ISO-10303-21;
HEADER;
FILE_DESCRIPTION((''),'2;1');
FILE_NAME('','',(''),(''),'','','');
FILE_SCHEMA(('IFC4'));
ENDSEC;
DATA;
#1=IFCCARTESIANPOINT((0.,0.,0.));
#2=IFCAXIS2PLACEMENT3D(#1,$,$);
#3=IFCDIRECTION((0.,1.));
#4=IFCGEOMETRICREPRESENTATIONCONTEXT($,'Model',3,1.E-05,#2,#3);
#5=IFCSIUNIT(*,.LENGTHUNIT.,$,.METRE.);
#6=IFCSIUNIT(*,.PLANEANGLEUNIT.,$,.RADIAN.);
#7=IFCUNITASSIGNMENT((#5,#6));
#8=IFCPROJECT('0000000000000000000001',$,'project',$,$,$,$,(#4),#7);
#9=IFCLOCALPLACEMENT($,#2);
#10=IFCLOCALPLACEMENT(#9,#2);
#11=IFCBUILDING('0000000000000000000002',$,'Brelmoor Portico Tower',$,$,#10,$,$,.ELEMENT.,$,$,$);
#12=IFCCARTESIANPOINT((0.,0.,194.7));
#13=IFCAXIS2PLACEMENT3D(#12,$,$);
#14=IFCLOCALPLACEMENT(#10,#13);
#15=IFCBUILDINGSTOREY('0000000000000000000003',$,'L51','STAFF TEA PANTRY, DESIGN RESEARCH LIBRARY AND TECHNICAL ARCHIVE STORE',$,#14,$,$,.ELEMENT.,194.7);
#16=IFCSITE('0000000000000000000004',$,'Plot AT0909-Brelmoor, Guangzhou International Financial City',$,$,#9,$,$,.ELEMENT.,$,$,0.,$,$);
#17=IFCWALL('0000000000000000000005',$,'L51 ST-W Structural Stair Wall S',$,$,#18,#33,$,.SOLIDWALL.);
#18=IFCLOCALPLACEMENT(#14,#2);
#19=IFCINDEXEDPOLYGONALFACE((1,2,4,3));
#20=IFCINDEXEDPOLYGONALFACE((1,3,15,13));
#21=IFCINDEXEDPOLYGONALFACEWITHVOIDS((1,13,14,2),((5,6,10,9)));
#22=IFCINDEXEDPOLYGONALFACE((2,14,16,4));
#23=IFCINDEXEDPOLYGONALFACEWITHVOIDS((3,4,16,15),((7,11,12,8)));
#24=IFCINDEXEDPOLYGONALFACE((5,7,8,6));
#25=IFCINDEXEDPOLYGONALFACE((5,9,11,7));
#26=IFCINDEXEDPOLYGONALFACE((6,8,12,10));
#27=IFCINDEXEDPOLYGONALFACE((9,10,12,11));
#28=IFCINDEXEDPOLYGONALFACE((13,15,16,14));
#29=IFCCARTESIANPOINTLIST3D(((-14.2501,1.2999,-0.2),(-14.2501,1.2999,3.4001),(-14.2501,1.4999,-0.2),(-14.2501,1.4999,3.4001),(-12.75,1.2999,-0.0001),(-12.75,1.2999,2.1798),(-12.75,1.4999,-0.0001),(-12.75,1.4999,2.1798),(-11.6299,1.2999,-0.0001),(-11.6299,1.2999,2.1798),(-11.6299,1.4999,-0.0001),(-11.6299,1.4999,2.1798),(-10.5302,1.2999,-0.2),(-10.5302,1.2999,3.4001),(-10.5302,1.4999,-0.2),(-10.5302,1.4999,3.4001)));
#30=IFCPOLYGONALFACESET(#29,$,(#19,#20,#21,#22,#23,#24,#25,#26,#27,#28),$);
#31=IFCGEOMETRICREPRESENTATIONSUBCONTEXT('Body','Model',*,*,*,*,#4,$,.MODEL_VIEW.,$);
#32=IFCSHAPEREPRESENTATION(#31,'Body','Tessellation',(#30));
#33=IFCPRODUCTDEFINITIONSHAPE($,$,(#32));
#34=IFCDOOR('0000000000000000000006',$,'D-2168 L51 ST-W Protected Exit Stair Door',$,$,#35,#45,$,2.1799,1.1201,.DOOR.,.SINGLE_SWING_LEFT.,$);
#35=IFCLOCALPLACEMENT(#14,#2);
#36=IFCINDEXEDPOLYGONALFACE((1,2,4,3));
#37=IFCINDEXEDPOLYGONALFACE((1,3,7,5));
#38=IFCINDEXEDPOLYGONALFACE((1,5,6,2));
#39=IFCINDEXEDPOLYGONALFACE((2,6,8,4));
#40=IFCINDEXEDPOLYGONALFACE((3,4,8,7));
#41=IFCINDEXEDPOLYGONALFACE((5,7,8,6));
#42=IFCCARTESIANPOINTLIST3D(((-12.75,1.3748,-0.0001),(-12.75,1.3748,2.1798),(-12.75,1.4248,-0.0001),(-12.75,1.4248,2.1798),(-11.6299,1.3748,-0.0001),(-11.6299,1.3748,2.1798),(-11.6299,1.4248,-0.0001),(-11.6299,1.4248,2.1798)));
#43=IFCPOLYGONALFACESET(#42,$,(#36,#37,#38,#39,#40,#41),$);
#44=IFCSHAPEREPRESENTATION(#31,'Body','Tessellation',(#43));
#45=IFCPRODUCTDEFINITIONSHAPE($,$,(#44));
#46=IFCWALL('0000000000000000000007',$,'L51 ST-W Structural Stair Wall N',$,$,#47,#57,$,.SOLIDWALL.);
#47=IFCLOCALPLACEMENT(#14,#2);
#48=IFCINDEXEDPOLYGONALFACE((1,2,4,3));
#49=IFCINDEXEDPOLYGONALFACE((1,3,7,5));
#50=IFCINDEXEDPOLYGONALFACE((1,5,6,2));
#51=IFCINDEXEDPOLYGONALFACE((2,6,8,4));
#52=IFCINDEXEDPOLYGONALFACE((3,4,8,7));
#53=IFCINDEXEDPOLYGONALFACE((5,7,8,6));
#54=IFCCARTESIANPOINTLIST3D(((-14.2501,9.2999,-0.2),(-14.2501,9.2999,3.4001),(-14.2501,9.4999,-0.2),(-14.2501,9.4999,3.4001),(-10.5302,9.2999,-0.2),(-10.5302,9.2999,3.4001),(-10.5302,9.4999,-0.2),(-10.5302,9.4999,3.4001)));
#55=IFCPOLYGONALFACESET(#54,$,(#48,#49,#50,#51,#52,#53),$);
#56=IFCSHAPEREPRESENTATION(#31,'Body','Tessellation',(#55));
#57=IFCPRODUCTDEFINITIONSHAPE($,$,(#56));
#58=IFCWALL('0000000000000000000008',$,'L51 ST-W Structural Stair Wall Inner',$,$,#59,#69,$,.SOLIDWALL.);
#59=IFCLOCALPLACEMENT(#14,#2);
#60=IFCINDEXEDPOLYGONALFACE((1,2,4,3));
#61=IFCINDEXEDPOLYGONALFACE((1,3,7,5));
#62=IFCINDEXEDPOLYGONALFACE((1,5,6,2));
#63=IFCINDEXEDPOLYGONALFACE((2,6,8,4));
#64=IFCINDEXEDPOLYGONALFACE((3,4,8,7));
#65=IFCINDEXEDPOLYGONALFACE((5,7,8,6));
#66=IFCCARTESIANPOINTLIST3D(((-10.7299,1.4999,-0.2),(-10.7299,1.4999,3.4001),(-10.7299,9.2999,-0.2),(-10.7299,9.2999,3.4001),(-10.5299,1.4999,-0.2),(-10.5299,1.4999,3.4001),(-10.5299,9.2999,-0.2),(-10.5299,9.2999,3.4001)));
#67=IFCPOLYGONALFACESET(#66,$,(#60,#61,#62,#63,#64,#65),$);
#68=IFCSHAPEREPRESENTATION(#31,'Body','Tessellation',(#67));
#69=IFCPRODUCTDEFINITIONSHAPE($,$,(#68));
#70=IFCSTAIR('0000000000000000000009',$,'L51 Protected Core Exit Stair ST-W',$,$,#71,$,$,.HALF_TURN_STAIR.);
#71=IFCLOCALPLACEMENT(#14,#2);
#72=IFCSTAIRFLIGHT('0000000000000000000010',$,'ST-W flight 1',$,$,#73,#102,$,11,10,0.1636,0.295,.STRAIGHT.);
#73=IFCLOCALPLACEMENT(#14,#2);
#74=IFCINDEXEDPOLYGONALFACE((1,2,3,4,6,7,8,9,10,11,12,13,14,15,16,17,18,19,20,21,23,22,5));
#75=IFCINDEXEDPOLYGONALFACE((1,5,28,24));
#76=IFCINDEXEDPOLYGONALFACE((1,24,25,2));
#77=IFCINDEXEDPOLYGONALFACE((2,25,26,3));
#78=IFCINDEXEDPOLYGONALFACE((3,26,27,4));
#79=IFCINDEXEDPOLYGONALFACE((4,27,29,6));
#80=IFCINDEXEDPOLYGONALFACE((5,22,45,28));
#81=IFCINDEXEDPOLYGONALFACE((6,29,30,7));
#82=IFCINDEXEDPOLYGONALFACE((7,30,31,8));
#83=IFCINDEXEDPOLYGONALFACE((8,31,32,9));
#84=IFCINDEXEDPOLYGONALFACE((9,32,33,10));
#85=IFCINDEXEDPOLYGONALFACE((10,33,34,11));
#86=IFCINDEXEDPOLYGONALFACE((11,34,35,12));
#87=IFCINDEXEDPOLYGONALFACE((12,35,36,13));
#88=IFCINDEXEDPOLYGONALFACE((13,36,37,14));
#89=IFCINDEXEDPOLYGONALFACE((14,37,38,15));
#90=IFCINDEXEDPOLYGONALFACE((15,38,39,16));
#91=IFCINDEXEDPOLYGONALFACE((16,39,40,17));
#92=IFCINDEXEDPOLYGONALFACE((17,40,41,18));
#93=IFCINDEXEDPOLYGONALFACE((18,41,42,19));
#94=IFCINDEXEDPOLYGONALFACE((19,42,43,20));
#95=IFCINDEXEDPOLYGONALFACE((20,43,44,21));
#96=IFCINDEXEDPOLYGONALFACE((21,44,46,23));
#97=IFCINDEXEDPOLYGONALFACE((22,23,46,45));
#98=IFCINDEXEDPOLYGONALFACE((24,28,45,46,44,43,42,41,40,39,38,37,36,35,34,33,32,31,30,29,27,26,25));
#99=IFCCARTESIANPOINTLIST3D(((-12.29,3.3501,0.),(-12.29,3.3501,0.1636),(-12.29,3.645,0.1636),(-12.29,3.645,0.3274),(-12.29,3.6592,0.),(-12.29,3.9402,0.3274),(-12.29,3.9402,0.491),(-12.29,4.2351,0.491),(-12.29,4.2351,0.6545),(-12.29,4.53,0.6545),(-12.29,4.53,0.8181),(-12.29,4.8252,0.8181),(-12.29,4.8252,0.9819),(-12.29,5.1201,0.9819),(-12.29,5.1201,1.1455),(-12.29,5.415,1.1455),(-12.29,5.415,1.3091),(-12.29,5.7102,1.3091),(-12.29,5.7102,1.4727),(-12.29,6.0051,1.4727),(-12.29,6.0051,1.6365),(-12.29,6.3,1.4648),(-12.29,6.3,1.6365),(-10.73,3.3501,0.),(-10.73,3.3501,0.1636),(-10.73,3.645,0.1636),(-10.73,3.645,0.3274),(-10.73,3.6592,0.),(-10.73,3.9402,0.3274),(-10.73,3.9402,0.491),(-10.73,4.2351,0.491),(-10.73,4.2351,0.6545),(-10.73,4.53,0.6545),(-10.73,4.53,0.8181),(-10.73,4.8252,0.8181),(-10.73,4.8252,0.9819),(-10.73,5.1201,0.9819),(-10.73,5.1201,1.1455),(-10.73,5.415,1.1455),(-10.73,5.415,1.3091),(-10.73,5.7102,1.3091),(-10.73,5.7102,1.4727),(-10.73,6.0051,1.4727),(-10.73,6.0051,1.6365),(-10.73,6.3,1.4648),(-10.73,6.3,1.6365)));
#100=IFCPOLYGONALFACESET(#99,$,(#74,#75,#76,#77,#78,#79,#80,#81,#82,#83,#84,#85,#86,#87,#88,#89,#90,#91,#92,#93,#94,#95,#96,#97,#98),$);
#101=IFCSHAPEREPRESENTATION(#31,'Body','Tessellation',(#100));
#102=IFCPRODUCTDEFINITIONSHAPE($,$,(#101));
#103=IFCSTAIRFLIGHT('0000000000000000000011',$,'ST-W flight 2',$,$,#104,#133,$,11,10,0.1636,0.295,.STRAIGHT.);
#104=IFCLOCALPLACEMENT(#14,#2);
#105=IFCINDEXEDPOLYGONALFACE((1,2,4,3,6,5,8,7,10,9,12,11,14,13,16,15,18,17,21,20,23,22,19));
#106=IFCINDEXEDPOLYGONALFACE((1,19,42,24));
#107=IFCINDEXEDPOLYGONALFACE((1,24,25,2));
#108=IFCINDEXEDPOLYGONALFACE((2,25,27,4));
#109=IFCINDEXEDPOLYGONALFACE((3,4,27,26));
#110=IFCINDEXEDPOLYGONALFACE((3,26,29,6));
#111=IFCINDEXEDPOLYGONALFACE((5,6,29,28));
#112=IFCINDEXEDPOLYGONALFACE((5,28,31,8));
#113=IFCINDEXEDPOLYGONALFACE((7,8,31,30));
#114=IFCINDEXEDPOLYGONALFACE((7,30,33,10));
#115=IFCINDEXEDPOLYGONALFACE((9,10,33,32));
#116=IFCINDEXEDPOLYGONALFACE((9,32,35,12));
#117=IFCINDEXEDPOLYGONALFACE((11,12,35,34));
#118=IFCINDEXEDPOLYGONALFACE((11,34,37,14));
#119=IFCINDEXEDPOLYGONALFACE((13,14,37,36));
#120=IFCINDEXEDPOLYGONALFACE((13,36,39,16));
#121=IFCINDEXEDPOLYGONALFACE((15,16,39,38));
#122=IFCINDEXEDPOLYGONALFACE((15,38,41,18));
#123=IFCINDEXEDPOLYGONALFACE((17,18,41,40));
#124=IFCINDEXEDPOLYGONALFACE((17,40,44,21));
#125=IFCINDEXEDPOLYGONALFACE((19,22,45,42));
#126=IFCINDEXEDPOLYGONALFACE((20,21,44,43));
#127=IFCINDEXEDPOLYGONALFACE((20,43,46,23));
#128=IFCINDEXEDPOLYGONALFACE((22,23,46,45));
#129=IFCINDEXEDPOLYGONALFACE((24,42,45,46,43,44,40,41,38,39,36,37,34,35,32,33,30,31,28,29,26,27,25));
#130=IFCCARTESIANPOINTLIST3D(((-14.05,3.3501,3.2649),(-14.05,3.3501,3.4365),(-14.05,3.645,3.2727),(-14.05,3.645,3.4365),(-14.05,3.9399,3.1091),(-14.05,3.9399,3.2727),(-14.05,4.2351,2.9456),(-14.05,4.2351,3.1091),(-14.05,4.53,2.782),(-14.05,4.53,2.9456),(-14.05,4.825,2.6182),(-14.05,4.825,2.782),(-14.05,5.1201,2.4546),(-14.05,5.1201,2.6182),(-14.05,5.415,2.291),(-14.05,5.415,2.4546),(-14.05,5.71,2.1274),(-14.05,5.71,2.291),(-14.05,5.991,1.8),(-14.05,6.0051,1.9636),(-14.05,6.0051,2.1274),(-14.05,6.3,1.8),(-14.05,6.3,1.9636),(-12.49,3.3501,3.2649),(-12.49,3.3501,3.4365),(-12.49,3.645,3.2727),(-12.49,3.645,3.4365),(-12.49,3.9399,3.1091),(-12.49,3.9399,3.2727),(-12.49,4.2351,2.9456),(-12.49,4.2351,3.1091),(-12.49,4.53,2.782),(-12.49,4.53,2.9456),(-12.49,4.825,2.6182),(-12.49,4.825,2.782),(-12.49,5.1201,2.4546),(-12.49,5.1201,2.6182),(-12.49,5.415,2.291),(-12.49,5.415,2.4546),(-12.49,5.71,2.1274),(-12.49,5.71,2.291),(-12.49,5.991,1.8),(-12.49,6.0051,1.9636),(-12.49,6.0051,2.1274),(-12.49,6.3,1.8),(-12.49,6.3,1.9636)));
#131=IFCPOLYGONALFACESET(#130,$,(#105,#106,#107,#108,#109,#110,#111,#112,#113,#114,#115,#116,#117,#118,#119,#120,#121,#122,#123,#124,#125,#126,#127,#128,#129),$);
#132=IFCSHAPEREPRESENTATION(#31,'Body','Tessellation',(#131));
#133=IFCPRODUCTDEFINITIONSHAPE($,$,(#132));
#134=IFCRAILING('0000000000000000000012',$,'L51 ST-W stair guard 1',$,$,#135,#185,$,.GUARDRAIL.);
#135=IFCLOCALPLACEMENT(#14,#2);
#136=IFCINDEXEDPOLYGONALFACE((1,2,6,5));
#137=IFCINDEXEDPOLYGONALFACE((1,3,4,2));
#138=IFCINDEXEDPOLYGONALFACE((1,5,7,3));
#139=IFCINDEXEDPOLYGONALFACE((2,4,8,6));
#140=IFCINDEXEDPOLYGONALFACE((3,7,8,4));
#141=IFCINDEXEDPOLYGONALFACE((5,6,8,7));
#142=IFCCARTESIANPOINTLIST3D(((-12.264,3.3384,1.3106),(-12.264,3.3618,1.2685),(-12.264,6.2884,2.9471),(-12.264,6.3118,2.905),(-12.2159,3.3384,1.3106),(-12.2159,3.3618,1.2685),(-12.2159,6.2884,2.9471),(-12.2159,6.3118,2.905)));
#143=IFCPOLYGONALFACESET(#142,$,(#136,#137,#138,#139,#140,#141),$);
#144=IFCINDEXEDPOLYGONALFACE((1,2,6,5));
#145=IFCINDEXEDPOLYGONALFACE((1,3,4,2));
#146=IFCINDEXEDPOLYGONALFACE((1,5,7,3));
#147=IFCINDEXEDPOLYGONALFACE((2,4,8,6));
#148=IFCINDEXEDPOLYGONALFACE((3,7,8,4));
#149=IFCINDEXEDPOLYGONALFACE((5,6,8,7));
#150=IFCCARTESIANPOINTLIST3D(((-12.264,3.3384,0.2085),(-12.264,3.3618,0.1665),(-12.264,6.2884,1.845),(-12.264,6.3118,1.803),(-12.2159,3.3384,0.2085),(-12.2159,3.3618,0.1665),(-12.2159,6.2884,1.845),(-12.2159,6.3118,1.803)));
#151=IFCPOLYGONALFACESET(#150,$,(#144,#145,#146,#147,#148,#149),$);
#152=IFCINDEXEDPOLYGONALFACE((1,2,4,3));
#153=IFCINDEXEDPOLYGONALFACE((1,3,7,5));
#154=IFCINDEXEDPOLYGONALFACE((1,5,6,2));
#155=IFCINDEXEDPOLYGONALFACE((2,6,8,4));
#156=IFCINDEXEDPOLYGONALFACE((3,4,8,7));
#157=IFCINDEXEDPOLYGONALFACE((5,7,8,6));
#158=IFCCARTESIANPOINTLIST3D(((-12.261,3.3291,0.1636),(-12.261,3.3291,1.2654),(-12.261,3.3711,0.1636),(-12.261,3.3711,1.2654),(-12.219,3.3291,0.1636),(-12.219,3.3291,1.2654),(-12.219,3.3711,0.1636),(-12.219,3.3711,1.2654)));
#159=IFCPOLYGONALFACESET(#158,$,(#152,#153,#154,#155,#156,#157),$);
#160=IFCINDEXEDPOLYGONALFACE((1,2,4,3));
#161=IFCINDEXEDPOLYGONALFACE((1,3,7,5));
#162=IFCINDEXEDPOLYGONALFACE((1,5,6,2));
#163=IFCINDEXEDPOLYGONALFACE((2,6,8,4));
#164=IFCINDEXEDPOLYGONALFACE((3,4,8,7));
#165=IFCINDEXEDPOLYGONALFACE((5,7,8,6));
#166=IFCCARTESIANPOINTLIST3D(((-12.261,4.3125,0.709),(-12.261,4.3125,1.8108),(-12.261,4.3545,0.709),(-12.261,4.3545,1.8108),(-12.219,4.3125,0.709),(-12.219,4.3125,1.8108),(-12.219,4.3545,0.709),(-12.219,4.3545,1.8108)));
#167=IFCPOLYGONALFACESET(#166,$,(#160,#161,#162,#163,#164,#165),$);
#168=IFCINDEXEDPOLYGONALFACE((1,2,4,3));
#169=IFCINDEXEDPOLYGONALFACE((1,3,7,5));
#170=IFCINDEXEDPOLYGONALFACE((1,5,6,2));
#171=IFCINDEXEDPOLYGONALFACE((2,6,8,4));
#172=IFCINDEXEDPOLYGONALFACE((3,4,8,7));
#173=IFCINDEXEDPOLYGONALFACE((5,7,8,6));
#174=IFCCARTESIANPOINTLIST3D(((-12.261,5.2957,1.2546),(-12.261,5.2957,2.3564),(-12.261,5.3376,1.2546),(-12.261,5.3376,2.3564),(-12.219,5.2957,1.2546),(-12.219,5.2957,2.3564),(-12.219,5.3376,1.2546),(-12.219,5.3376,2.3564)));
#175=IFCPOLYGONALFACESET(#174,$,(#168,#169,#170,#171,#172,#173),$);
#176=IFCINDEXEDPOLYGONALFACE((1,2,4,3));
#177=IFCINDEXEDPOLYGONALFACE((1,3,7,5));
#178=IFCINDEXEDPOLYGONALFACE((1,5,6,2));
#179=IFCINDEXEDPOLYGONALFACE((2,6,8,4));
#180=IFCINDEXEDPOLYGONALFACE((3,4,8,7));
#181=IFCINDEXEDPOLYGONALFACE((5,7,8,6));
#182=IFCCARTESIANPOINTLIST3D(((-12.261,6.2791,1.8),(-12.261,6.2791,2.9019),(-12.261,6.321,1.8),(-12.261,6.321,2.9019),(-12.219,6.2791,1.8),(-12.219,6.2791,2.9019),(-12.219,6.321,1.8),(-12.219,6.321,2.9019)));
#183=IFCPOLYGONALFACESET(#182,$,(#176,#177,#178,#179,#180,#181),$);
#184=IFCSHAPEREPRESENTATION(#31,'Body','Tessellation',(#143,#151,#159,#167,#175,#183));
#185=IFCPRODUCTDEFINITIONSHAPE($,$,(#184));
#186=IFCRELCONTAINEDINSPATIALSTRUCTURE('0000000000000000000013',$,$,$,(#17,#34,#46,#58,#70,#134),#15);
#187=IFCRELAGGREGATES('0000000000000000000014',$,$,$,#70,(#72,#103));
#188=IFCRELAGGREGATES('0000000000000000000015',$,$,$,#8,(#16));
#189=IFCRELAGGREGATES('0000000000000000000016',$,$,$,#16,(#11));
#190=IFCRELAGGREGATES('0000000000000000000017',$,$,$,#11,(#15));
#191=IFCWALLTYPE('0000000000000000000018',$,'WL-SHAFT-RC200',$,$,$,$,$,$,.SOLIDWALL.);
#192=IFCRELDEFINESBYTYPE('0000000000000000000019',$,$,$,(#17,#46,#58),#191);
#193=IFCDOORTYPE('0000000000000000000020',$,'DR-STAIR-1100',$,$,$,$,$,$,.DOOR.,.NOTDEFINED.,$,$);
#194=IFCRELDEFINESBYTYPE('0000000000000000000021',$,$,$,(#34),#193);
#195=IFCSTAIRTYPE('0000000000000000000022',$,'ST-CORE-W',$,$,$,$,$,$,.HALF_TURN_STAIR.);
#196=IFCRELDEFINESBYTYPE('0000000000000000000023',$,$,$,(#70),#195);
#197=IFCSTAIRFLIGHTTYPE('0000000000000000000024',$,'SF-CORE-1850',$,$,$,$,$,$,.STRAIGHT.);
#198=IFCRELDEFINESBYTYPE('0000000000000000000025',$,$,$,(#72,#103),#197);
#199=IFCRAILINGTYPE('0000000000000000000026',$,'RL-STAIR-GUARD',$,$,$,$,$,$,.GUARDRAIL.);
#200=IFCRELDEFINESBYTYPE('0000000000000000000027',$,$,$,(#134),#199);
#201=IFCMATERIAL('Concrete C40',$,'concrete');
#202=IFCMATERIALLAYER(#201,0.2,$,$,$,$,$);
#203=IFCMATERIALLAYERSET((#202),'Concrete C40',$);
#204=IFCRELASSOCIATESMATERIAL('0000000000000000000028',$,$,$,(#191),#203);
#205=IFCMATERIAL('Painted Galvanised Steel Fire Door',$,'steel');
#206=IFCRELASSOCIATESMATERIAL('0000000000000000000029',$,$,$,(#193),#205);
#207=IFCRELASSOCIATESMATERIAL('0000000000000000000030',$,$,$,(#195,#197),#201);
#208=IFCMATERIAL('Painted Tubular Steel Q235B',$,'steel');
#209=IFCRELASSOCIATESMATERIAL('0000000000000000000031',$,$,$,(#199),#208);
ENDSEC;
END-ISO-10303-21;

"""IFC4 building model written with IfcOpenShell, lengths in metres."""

from ifc_helpers import new_model, si_unit, direction, frame, frame_2d, origin, origin_2d, place, context, subcontext, project, spatial, polyline, rectangle, outline, extrude, material, layer, layer_set, type_object, element, fill, aggregate, save


model = new_model("IFC4")

# Units and contexts
model_context = context("Model", 3, precision=1e-05, world=origin(), true_north=direction((0.0, 1.0)))
body_context = subcontext(model_context, "Body", "Model", "MODEL_VIEW")
ifc_project = project(units=[si_unit("LENGTHUNIT", "METRE"), si_unit("PLANEANGLEUNIT", "RADIAN")], contexts=[model_context])

# Site, building, storey
site_placement = place(None, origin())
site = spatial("IfcSite", under=ifc_project, at=site_placement, Name="Plot AT0909-Brelmoor, Guangzhou International Financial City", CompositionType="ELEMENT", RefElevation=0.0)
building_placement = place(site_placement, origin())
building = spatial("IfcBuilding", under=site, at=building_placement, Name="Brelmoor Portico Tower", CompositionType="ELEMENT")
storey_placement = place(building_placement, frame((0.0, 0.0, 194.7)))
storey = spatial("IfcBuildingStorey", under=building, at=storey_placement, Name="L51", Description="STAFF TEA PANTRY, DESIGN RESEARCH LIBRARY AND TECHNICAL ARCHIVE STORE", CompositionType="ELEMENT", Elevation=194.7)

# Shared definitions
ifc_material_1 = material(Name="Concrete C40", Category="concrete")
ifc_layer_1 = layer(ifc_material_1, 0.2)
ifc_layer_set_1 = layer_set([ifc_layer_1], Name="Concrete C40")
wall_type_1 = type_object("IfcWallType", Name="WL-SHAFT-RC200", PredefinedType="SOLIDWALL", material=ifc_layer_set_1)

# Wall, opening, door
wall_1_placement = place(storey_placement, frame((-14.25, 1.3999, -0.2), z_axis=(0.0, 0.0, 1.0), x_axis=(1.0, 0.0, 0.0)))
wall_1 = element("IfcWall", 1, at=wall_1_placement, inside=storey, type_object=wall_type_1, Name="L51 ST-W Structural Stair Wall S", PredefinedType="SOLIDWALL", context=body_context, shape_type="SweptSolid", body=[
    extrude(rectangle(XDim=3.72, YDim=0.2, at=frame_2d((1.8599, 0.0))), origin(), (0.0, 0.0, 1.0), 3.6001),
])
opening_1_placement = place(wall_1_placement, frame((1.5, 0.0, 0.2)))
opening_1 = element("IfcOpeningElement", 2, at=opening_1_placement, cuts=wall_1, PredefinedType="OPENING", context=body_context, shape_type="SweptSolid", body=[
    extrude(rectangle(XDim=1.1201, YDim=2.1799, at=frame_2d((0.5601, 1.0898))), frame((0.0, 0.1099, 0.0), z_axis=(0.0, -1.0, 0.0), x_axis=(1.0, 0.0, 0.0)), (0.0, 0.0, 1.0), 0.22),
])
ifc_material_2 = material(Name="Painted Galvanised Steel Fire Door", Category="steel")
door_type_1 = type_object("IfcDoorType", Name="DR-STAIR-1100", OperationType="NOTDEFINED", PredefinedType="DOOR", material=ifc_material_2)
door_1_placement = place(opening_1_placement, origin())
door_1 = element("IfcDoor", 3, at=door_1_placement, inside=storey, type_object=door_type_1, Name="D-2168 L51 ST-W Protected Exit Stair Door", OperationType="SINGLE_SWING_LEFT", OverallHeight=2.1799, OverallWidth=1.1201, PredefinedType="DOOR", context=body_context, shape_type="SweptSolid", body=[
    extrude(rectangle(XDim=1.1201, YDim=2.1799, at=frame_2d((0.5601, 1.0898))), frame((0.0, 0.0249, 0.0), z_axis=(0.0, -1.0, 0.0), x_axis=(1.0, 0.0, 0.0)), (0.0, 0.0, 1.0), 0.05),
])
fill(opening_1, door_1)

# Walls
wall_2_placement = place(storey_placement, frame((-14.25, 9.3999, -0.2), z_axis=(0.0, 0.0, 1.0), x_axis=(1.0, 0.0, 0.0)))
element("IfcWall", 4, at=wall_2_placement, inside=storey, type_object=wall_type_1, Name="L51 ST-W Structural Stair Wall N", PredefinedType="SOLIDWALL", context=body_context, shape_type="SweptSolid", body=[
    extrude(rectangle(XDim=3.72, YDim=0.2, at=frame_2d((1.8599, 0.0))), origin(), (0.0, 0.0, 1.0), 3.6001),
])
wall_3_placement = place(storey_placement, frame((-10.6299, 1.5, -0.2), z_axis=(0.0, 0.0, 1.0), x_axis=(0.0, 1.0, 0.0)))
element("IfcWall", 5, at=wall_3_placement, inside=storey, type_object=wall_type_1, Name="L51 ST-W Structural Stair Wall Inner", PredefinedType="SOLIDWALL", context=body_context, shape_type="SweptSolid", body=[
    extrude(rectangle(XDim=7.8, YDim=0.2, at=frame_2d((3.8999, 0.0))), origin(), (0.0, 0.0, 1.0), 3.6001),
])

# Stair, stair flights
stair_type = type_object("IfcStairType", Name="ST-CORE-W", PredefinedType="HALF_TURN_STAIR", material=ifc_material_1)
stair_placement = place(storey_placement, origin())
stair = element("IfcStair", 6, at=stair_placement, inside=storey, type_object=stair_type, Name="L51 Protected Core Exit Stair ST-W", PredefinedType="HALF_TURN_STAIR")
stair_flight_type = type_object("IfcStairFlightType", Name="SF-CORE-1850", PredefinedType="STRAIGHT", material=ifc_material_1)
stair_flight_1_placement = place(storey_placement, frame((-11.51, 3.3501, 0.0), z_axis=(0.0, 0.0, 1.0), x_axis=(0.0, 1.0, 0.0)))
stair_flight_1 = element("IfcStairFlight", 7, at=stair_flight_1_placement, type_object=stair_flight_type, Name="ST-W flight 1", NumberOfRisers=11, NumberOfTreads=10, PredefinedType="STRAIGHT", RiserHeight=0.1636, TreadLength=0.295, context=body_context, shape_type="SweptSolid", body=[
    extrude(outline(polyline([(0.0, 0.0), (0.0, 0.1636), (0.2949, 0.1636), (0.2949, 0.3274), (0.5901, 0.3274), (0.5901, 0.491), (0.885, 0.491), (0.885, 0.6545), (1.1799, 0.6545), (1.1799, 0.8181), (1.4751, 0.8181), (1.4751, 0.9819), (1.77, 0.9819), (1.77, 1.1455), (2.0649, 1.1455), (2.0649, 1.3091), (2.3601, 1.3091), (2.3601, 1.4727), (2.655, 1.4727), (2.655, 1.6365), (2.95, 1.6365), (2.95, 1.8), (2.95, 1.4648), (0.3091, 0.0), (0.0, 0.0)])), frame((0.0, 0.78, 0.0), z_axis=(0.0, -1.0, 0.0), x_axis=(1.0, 0.0, 0.0)), (0.0, 0.0, 1.0), 1.5601),
])
stair_flight_2_placement = place(storey_placement, frame((-13.27, 6.3, 1.8), z_axis=(0.0, 0.0, 1.0), x_axis=(0.0, -1.0, 0.0)))
stair_flight_2 = element("IfcStairFlight", 8, at=stair_flight_2_placement, type_object=stair_flight_type, Name="ST-W flight 2", NumberOfRisers=11, NumberOfTreads=10, PredefinedType="STRAIGHT", RiserHeight=0.1636, TreadLength=0.295, context=body_context, shape_type="SweptSolid", body=[
    extrude(outline(polyline([(0.0, 0.0), (0.0, 0.1636), (0.2949, 0.1636), (0.2949, 0.3274), (0.5901, 0.3274), (0.5901, 0.491), (0.885, 0.491), (0.885, 0.6545), (1.1799, 0.6545), (1.1799, 0.8181), (1.4751, 0.8181), (1.4751, 0.9819), (1.77, 0.9819), (1.77, 1.1455), (2.0649, 1.1455), (2.0649, 1.3091), (2.3601, 1.3091), (2.3601, 1.4727), (2.655, 1.4727), (2.655, 1.6365), (2.95, 1.6365), (2.95, 1.8), (2.95, 1.4648), (0.3091, 0.0), (0.0, 0.0)])), frame((0.0, 0.78, 0.0), z_axis=(0.0, -1.0, 0.0), x_axis=(1.0, 0.0, 0.0)), (0.0, 0.0, 1.0), 1.5601),
])
aggregate(stair, [stair_flight_1, stair_flight_2])

# Railing
ifc_material_3 = material(Name="Painted Tubular Steel Q235B", Category="steel")
railing_type_1 = type_object("IfcRailingType", Name="RL-STAIR-GUARD", PredefinedType="GUARDRAIL", material=ifc_material_3)
railing_1_placement = place(storey_placement, frame((-12.24, 3.3501, 0.1636)))
element("IfcRailing", 9, at=railing_1_placement, inside=storey, type_object=railing_type_1, Name="L51 ST-W stair guard 1", PredefinedType="GUARDRAIL", context=body_context, shape_type="SweptSolid", body=[
    extrude(rectangle(XDim=0.0481, YDim=0.0481, at=origin_2d()), frame((0.0, 0.0, 1.126), z_axis=(0.0, 0.874458, 0.485102), x_axis=(-1.0, 0.0, 0.0)), (0.0, 0.0, 1.0), 3.3735),
    extrude(rectangle(XDim=0.0481, YDim=0.0481, at=origin_2d()), frame((0.0, 0.0, 0.0239), z_axis=(0.0, 0.874458, 0.485102), x_axis=(-1.0, 0.0, 0.0)), (0.0, 0.0, 1.0), 3.3735),
    extrude(rectangle(XDim=0.042, YDim=0.042, at=origin_2d()), origin(), (0.0, 0.0, 1.0), 1.1018),
    extrude(rectangle(XDim=0.042, YDim=0.042, at=origin_2d()), frame((0.0, 0.9834, 0.5454)), (0.0, 0.0, 1.0), 1.1018),
    extrude(rectangle(XDim=0.042, YDim=0.042, at=origin_2d()), frame((0.0, 1.9666, 1.0911)), (0.0, 0.0, 1.0), 1.1018),
    extrude(rectangle(XDim=0.042, YDim=0.042, at=origin_2d()), frame((0.0, 2.95, 1.6365)), (0.0, 0.0, 1.0), 1.1018),
])

save(model, "model.ifc")
